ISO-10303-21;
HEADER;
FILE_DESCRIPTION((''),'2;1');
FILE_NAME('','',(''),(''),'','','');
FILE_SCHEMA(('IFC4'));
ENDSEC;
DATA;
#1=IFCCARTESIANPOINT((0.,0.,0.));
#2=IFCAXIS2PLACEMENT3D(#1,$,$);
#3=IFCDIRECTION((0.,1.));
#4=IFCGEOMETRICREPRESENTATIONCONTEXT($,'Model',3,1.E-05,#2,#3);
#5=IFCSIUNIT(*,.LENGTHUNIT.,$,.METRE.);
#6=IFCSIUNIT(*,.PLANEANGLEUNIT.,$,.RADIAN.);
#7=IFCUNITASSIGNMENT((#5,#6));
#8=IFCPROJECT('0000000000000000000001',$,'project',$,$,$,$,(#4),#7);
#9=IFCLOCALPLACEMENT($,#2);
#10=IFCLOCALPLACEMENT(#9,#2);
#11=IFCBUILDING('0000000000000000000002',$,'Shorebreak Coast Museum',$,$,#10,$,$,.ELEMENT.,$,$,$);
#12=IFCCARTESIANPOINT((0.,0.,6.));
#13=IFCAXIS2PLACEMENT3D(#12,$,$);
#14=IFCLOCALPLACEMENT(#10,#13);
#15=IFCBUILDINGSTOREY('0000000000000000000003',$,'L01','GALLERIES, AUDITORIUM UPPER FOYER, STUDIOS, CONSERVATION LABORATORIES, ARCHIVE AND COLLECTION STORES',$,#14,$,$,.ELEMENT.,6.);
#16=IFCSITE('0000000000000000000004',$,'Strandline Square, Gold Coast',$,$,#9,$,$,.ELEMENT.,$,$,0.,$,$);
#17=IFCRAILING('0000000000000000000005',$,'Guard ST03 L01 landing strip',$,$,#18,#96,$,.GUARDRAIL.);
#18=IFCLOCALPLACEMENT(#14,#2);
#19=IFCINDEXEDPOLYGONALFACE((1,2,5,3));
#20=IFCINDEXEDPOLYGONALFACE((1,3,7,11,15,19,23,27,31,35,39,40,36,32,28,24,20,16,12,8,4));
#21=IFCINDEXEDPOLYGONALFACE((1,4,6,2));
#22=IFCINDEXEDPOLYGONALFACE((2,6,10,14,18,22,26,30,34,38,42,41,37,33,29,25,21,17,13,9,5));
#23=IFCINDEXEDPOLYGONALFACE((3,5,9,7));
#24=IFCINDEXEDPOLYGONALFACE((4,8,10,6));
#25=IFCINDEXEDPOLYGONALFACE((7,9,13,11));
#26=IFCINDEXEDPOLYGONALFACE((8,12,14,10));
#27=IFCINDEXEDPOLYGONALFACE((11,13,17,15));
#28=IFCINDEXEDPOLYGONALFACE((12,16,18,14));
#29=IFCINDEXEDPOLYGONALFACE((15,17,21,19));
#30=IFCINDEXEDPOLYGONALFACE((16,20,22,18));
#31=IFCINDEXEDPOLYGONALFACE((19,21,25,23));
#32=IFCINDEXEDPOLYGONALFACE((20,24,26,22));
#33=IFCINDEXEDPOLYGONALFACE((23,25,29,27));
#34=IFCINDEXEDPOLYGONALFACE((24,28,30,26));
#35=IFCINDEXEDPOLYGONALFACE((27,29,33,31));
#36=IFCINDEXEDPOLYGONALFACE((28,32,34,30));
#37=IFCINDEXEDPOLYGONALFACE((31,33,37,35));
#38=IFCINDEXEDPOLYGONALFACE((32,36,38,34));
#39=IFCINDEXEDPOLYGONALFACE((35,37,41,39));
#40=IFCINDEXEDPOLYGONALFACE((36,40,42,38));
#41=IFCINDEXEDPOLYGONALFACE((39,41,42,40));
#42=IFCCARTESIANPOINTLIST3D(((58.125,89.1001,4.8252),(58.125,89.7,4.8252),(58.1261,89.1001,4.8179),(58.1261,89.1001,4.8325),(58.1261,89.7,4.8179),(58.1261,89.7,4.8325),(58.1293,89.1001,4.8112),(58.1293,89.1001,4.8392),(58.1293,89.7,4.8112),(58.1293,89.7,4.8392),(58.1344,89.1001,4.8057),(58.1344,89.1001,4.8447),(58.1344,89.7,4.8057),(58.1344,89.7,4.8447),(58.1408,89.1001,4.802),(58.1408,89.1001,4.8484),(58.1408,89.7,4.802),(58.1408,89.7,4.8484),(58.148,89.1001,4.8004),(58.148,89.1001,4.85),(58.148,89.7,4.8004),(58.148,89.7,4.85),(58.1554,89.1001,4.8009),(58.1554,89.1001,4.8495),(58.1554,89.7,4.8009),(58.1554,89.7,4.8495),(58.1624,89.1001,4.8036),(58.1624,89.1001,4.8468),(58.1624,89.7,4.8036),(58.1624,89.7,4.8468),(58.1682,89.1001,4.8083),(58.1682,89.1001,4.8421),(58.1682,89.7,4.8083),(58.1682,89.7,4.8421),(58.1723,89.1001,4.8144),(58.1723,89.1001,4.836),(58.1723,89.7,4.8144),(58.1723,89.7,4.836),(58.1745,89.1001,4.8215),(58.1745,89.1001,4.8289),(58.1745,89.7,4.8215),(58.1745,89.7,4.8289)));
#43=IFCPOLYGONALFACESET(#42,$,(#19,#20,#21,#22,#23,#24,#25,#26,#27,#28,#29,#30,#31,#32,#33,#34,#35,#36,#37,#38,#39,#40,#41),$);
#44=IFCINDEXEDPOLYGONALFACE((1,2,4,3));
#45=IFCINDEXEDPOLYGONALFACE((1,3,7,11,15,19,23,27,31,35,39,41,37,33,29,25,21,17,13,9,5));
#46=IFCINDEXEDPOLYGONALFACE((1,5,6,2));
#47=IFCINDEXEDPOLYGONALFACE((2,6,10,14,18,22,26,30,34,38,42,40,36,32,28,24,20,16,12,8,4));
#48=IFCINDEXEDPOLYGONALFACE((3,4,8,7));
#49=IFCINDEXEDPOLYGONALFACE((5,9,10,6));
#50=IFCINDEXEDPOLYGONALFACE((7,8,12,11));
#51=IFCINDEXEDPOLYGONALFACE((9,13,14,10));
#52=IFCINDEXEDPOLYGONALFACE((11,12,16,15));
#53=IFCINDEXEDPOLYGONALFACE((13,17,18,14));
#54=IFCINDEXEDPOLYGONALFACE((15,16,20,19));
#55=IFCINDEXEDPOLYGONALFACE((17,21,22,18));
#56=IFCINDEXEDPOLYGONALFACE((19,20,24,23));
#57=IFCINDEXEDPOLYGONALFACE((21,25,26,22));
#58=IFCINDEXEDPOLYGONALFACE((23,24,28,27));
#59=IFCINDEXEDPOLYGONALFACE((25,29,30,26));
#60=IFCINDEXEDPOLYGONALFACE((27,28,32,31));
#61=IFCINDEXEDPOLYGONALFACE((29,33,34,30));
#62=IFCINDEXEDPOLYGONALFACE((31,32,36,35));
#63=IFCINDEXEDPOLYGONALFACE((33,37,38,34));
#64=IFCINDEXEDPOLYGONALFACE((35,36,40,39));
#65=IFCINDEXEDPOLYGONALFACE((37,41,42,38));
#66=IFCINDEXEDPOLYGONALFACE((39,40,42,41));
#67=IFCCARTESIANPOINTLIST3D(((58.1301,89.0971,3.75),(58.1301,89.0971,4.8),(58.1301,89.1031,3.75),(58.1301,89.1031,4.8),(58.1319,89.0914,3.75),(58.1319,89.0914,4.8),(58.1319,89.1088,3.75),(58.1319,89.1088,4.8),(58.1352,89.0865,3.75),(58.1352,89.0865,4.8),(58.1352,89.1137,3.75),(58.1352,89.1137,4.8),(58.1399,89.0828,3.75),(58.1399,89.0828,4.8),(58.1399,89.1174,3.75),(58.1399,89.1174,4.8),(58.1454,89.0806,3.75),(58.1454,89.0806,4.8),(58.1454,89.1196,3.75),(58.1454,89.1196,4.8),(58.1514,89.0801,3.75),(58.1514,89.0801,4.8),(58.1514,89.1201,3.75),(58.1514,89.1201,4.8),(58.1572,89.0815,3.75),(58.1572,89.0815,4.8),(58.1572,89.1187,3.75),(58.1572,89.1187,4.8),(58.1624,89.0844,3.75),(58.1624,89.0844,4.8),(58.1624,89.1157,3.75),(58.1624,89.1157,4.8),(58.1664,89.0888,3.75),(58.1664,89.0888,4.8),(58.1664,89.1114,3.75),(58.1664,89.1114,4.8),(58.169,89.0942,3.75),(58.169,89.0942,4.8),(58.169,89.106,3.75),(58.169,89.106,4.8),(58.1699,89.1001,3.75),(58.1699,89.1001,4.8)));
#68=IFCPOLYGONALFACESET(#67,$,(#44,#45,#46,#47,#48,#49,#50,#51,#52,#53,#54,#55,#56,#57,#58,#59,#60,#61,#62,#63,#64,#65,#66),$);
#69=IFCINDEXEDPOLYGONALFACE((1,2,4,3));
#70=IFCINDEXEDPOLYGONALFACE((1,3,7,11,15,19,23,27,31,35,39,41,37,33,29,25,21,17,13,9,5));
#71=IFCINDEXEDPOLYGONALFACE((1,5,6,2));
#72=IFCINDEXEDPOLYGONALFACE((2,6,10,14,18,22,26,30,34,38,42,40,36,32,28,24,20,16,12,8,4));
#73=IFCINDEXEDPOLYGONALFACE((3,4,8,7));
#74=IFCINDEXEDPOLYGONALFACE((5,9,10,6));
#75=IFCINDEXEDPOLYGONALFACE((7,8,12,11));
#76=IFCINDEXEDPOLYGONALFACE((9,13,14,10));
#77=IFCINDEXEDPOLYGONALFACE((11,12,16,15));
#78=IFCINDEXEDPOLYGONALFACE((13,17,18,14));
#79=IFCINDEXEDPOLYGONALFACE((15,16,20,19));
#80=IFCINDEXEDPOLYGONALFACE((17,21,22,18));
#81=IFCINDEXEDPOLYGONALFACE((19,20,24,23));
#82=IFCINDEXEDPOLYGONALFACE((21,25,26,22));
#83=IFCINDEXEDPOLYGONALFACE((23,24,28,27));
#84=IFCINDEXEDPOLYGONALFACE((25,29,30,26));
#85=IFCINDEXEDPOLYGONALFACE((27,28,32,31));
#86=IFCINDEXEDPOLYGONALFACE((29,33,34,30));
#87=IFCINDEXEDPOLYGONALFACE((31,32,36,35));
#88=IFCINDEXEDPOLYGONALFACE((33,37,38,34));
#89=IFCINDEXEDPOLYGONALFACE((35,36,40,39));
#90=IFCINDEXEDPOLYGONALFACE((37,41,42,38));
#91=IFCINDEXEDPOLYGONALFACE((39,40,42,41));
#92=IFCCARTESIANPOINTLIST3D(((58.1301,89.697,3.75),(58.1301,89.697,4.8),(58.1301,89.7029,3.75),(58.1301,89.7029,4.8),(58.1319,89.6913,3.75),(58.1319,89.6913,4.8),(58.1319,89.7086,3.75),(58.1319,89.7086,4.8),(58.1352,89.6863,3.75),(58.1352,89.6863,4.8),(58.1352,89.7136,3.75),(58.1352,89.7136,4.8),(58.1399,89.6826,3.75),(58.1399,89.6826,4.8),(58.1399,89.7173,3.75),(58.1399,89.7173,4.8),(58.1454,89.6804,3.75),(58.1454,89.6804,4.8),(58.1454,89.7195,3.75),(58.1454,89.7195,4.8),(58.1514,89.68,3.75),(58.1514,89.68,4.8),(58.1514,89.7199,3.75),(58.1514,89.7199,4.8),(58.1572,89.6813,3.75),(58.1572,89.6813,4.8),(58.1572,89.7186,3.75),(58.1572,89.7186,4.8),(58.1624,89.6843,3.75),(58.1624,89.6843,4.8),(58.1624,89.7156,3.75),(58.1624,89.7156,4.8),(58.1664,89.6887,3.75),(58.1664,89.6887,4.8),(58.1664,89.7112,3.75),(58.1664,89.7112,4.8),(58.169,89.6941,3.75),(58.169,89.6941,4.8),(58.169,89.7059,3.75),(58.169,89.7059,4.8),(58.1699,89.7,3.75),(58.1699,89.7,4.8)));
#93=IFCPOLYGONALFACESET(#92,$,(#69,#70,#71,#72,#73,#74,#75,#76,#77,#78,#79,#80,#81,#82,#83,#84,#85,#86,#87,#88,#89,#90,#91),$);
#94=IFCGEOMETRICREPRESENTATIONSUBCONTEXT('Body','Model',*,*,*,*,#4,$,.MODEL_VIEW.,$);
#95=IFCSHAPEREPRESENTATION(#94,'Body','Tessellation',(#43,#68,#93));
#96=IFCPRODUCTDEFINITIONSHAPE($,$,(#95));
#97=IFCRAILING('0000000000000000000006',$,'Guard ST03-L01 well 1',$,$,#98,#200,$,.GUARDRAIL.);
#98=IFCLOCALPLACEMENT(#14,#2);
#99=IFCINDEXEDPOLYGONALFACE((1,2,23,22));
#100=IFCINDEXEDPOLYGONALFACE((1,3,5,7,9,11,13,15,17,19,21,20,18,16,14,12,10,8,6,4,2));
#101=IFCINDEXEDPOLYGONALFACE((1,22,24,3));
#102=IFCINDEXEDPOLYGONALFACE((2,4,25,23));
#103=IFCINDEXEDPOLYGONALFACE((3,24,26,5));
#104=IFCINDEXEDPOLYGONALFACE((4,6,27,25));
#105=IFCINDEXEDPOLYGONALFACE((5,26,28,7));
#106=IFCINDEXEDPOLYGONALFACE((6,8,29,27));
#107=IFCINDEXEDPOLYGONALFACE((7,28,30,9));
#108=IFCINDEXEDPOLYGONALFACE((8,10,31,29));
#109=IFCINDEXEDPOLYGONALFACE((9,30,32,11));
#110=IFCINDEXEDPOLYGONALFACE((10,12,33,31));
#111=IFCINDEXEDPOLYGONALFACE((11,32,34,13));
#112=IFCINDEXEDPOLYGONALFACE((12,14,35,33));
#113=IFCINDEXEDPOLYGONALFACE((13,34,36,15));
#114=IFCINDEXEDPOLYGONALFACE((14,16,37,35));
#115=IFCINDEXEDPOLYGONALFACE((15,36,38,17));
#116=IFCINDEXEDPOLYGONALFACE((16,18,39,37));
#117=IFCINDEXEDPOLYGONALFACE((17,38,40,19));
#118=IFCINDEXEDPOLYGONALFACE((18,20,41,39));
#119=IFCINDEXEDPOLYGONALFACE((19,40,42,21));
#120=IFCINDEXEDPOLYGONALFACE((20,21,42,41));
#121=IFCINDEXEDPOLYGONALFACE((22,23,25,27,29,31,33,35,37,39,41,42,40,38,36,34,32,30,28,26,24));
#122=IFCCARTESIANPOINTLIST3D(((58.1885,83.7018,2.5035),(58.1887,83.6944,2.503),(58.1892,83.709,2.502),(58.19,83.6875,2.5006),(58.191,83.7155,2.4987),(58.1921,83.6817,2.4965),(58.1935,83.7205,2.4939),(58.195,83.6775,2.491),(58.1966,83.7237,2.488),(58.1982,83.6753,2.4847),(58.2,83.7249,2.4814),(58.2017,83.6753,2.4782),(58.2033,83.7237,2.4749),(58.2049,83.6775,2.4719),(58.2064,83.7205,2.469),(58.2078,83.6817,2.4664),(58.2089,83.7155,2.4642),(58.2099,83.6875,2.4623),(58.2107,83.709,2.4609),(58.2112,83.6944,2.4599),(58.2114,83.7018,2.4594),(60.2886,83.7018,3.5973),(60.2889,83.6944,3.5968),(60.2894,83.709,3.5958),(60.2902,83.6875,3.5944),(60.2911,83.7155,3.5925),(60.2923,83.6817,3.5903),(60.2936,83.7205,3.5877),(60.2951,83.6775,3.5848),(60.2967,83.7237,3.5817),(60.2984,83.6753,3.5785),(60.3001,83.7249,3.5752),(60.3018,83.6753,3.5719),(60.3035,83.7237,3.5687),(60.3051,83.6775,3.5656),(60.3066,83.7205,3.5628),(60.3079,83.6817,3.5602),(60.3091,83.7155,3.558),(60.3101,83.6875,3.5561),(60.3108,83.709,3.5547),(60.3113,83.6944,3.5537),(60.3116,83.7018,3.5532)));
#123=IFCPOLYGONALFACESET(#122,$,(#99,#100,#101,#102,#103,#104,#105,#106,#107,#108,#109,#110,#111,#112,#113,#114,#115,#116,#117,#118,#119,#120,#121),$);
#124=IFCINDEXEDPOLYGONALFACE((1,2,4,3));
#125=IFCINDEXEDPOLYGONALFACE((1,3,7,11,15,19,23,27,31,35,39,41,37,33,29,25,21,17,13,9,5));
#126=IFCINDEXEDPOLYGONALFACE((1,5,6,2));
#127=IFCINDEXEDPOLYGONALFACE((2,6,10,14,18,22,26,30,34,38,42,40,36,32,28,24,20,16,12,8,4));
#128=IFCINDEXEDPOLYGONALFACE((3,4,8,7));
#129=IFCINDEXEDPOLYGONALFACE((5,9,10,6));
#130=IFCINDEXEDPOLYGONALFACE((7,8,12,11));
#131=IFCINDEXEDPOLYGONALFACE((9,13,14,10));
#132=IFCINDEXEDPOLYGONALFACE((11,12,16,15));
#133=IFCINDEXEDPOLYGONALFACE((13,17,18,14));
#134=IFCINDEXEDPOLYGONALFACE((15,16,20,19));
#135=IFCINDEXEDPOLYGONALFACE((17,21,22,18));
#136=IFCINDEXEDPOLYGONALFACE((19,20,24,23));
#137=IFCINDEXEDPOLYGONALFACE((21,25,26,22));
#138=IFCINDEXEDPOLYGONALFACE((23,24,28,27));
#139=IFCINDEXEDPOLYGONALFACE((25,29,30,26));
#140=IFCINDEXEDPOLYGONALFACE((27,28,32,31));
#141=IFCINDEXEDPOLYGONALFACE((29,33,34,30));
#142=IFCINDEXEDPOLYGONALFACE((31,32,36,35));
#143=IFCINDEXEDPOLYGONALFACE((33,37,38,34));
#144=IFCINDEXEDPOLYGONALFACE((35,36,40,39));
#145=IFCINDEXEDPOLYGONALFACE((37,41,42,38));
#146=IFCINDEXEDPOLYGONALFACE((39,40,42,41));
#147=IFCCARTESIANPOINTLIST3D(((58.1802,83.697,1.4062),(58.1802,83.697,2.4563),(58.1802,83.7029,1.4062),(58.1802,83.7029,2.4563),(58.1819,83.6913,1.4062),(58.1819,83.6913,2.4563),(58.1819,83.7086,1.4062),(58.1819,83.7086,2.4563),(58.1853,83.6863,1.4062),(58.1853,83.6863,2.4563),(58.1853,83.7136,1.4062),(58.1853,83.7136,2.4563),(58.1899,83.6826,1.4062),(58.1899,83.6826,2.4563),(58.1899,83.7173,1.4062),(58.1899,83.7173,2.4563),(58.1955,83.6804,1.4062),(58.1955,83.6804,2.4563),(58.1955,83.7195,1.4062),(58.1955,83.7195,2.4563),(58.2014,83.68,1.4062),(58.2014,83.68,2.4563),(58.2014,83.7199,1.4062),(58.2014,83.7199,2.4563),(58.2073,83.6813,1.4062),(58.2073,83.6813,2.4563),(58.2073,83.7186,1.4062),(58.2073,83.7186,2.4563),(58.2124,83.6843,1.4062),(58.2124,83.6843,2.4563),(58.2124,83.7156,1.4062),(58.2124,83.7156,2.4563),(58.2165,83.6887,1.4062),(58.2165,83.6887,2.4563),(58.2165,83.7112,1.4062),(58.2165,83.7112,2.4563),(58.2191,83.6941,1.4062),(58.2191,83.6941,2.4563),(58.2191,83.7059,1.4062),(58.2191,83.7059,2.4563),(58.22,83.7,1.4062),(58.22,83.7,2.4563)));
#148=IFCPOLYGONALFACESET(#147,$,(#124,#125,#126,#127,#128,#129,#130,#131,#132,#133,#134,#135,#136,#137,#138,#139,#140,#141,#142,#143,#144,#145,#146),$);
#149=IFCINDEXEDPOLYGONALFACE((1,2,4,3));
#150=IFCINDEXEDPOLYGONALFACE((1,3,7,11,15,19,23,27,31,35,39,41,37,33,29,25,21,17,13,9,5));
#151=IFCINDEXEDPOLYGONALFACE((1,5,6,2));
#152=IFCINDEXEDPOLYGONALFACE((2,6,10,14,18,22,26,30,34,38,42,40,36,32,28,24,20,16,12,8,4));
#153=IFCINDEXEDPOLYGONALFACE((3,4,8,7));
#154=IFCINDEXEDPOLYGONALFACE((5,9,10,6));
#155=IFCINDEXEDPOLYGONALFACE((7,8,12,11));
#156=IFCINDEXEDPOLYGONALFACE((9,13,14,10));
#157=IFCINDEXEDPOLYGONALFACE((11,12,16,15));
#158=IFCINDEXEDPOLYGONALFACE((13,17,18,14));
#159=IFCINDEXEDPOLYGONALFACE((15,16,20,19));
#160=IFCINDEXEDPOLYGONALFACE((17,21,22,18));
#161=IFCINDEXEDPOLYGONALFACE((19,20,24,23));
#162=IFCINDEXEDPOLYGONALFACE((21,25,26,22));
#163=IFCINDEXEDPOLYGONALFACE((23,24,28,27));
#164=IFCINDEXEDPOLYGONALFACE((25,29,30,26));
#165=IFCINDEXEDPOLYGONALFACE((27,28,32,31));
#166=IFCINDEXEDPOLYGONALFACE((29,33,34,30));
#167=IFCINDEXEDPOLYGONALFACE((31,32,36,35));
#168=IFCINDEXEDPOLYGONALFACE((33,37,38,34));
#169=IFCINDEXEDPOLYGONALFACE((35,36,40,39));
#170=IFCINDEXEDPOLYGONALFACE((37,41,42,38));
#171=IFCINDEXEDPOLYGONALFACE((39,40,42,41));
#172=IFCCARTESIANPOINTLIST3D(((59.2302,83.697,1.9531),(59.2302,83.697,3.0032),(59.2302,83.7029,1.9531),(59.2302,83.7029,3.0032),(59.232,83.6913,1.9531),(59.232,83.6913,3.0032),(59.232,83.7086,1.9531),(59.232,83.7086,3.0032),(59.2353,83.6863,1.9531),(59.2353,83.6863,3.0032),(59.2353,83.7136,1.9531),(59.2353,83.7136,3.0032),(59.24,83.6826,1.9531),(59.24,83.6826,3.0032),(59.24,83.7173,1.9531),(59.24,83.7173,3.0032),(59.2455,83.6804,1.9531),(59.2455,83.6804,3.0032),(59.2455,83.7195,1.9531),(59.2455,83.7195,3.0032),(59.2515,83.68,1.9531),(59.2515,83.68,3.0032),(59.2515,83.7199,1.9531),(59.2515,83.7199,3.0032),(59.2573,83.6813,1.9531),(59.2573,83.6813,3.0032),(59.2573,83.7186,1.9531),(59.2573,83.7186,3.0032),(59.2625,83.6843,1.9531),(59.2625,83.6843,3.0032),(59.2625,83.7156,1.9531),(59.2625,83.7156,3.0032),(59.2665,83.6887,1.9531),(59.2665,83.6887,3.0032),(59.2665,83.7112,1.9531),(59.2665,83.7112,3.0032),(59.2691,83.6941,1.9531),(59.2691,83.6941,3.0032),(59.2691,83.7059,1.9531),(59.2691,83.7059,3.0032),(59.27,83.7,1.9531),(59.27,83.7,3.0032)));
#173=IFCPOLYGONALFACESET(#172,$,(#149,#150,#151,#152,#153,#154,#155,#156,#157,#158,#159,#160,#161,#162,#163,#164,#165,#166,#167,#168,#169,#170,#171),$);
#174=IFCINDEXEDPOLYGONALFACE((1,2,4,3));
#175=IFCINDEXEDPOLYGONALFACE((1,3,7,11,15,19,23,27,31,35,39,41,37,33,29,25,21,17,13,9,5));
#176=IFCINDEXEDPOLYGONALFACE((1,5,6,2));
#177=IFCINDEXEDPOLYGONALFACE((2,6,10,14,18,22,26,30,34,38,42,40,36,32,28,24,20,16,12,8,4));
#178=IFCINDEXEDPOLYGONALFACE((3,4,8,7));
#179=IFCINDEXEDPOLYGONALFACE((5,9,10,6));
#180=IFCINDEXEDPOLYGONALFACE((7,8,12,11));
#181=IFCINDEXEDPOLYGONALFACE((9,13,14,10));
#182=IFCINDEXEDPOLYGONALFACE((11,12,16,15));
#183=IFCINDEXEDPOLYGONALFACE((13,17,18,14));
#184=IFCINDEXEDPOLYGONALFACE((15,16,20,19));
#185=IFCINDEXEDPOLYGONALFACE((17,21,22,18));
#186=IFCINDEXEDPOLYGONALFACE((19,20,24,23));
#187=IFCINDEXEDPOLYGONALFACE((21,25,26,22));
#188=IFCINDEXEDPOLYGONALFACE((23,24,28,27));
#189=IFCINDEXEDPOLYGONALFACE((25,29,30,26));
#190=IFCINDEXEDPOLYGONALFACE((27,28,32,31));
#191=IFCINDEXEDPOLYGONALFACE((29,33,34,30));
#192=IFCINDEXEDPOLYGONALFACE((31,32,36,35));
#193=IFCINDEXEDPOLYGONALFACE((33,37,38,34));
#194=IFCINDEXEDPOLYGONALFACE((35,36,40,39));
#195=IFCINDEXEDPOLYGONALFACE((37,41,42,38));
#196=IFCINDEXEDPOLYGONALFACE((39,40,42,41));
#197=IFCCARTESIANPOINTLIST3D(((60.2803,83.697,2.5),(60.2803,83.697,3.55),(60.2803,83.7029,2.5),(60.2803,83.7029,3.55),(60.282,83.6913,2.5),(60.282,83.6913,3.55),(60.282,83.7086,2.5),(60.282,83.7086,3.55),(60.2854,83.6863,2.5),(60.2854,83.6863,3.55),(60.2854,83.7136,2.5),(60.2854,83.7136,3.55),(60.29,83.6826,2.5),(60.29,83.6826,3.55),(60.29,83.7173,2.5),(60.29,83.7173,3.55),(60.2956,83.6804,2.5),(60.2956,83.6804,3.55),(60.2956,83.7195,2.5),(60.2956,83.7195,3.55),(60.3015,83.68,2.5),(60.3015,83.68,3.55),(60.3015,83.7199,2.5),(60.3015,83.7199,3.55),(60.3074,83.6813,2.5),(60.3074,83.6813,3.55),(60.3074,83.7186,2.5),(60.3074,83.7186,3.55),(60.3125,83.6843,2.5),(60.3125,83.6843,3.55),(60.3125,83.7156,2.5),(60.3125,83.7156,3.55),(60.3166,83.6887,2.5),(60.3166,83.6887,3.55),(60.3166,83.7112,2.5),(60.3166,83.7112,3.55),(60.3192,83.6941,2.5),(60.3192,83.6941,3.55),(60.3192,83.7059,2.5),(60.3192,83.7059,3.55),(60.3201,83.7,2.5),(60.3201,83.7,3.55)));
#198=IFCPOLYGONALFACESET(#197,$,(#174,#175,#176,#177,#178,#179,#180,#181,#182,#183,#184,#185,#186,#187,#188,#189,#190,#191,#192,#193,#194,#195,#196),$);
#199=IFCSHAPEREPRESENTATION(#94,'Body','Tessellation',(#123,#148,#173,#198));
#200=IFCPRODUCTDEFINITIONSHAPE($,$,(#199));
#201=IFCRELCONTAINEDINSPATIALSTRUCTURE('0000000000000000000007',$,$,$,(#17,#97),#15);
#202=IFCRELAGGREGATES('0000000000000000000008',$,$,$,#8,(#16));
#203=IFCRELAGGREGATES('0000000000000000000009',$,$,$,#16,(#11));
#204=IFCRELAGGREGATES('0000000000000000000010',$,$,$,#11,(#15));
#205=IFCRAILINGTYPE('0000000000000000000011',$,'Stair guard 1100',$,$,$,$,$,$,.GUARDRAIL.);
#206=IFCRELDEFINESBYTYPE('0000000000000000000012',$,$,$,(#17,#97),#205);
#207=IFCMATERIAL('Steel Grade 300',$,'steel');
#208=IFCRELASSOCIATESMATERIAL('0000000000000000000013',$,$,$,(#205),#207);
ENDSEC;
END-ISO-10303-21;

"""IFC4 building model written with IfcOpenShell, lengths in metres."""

from ifc_helpers import new_model, si_unit, direction, frame, origin, origin_2d, place, context, subcontext, project, spatial, circle, extrude, material, type_object, element, save


model = new_model("IFC4")

# Units and contexts
model_context = context("Model", 3, precision=1e-05, world=origin(), true_north=direction((0.0, 1.0)))
body_context = subcontext(model_context, "Body", "Model", "MODEL_VIEW")
ifc_project = project(units=[si_unit("LENGTHUNIT", "METRE"), si_unit("PLANEANGLEUNIT", "RADIAN")], contexts=[model_context])

# Site, building, storey
site_placement = place(None, origin())
site = spatial("IfcSite", under=ifc_project, at=site_placement, Name="Strandline Square, Gold Coast", CompositionType="ELEMENT", RefElevation=0.0)
building_placement = place(site_placement, origin())
building = spatial("IfcBuilding", under=site, at=building_placement, Name="Shorebreak Coast Museum", CompositionType="ELEMENT")
storey_placement = place(building_placement, frame((0.0, 0.0, 6.0)))
storey = spatial("IfcBuildingStorey", under=building, at=storey_placement, Name="L01", Description="GALLERIES, AUDITORIUM UPPER FOYER, STUDIOS, CONSERVATION LABORATORIES, ARCHIVE AND COLLECTION STORES", CompositionType="ELEMENT", Elevation=6.0)

# Railings
ifc_material_1 = material(Name="Steel Grade 300", Category="steel")
railing_type_1 = type_object("IfcRailingType", Name="Stair guard 1100", PredefinedType="GUARDRAIL", material=ifc_material_1)
railing_placement = place(storey_placement, frame((58.1499, 89.1001, 3.75)))
element("IfcRailing", 1, at=railing_placement, inside=storey, type_object=railing_type_1, Name="Guard ST03 L01 landing strip", PredefinedType="GUARDRAIL", context=body_context, shape_type="SweptSolid", body=[
    extrude(circle(Radius=0.0249, at=origin_2d()), frame((0.0, 0.0, 1.0752), z_axis=(0.0, 1.0, 0.0), x_axis=(-1.0, 0.0, 0.0)), (0.0, 0.0, 1.0), 0.5999),
    extrude(circle(Radius=0.02, at=origin_2d()), origin(), (0.0, 0.0, 1.0), 1.05),
    extrude(circle(Radius=0.02, at=origin_2d()), frame((0.0, 0.5999, 0.0)), (0.0, 0.0, 1.0), 1.05),
])
for number, where, name in (
    (2, (58.2, 83.7, 1.4062), "Guard ST03-L01 well 1"),
):
    element("IfcRailing", number, at=place(storey_placement, frame(where)), inside=storey, type_object=railing_type_1, Name=name, PredefinedType="GUARDRAIL", context=body_context, shape_type="SweptSolid", body=[
        extrude(circle(Radius=0.0249, at=origin_2d()), frame((0.0, 0.0, 1.0752), z_axis=(0.886923, 0.0, 0.461918), x_axis=(0.0, 1.0, 0.0)), (0.0, 0.0, 1.0), 2.3679),
        extrude(circle(Radius=0.02, at=origin_2d()), origin(), (0.0, 0.0, 1.0), 1.05),
        extrude(circle(Radius=0.02, at=origin_2d()), frame((1.05, 0.0, 0.5469)), (0.0, 0.0, 1.0), 1.05),
        extrude(circle(Radius=0.02, at=origin_2d()), frame((2.1001, 0.0, 1.0938)), (0.0, 0.0, 1.0), 1.05),
    ])

save(model, "model.ifc")
